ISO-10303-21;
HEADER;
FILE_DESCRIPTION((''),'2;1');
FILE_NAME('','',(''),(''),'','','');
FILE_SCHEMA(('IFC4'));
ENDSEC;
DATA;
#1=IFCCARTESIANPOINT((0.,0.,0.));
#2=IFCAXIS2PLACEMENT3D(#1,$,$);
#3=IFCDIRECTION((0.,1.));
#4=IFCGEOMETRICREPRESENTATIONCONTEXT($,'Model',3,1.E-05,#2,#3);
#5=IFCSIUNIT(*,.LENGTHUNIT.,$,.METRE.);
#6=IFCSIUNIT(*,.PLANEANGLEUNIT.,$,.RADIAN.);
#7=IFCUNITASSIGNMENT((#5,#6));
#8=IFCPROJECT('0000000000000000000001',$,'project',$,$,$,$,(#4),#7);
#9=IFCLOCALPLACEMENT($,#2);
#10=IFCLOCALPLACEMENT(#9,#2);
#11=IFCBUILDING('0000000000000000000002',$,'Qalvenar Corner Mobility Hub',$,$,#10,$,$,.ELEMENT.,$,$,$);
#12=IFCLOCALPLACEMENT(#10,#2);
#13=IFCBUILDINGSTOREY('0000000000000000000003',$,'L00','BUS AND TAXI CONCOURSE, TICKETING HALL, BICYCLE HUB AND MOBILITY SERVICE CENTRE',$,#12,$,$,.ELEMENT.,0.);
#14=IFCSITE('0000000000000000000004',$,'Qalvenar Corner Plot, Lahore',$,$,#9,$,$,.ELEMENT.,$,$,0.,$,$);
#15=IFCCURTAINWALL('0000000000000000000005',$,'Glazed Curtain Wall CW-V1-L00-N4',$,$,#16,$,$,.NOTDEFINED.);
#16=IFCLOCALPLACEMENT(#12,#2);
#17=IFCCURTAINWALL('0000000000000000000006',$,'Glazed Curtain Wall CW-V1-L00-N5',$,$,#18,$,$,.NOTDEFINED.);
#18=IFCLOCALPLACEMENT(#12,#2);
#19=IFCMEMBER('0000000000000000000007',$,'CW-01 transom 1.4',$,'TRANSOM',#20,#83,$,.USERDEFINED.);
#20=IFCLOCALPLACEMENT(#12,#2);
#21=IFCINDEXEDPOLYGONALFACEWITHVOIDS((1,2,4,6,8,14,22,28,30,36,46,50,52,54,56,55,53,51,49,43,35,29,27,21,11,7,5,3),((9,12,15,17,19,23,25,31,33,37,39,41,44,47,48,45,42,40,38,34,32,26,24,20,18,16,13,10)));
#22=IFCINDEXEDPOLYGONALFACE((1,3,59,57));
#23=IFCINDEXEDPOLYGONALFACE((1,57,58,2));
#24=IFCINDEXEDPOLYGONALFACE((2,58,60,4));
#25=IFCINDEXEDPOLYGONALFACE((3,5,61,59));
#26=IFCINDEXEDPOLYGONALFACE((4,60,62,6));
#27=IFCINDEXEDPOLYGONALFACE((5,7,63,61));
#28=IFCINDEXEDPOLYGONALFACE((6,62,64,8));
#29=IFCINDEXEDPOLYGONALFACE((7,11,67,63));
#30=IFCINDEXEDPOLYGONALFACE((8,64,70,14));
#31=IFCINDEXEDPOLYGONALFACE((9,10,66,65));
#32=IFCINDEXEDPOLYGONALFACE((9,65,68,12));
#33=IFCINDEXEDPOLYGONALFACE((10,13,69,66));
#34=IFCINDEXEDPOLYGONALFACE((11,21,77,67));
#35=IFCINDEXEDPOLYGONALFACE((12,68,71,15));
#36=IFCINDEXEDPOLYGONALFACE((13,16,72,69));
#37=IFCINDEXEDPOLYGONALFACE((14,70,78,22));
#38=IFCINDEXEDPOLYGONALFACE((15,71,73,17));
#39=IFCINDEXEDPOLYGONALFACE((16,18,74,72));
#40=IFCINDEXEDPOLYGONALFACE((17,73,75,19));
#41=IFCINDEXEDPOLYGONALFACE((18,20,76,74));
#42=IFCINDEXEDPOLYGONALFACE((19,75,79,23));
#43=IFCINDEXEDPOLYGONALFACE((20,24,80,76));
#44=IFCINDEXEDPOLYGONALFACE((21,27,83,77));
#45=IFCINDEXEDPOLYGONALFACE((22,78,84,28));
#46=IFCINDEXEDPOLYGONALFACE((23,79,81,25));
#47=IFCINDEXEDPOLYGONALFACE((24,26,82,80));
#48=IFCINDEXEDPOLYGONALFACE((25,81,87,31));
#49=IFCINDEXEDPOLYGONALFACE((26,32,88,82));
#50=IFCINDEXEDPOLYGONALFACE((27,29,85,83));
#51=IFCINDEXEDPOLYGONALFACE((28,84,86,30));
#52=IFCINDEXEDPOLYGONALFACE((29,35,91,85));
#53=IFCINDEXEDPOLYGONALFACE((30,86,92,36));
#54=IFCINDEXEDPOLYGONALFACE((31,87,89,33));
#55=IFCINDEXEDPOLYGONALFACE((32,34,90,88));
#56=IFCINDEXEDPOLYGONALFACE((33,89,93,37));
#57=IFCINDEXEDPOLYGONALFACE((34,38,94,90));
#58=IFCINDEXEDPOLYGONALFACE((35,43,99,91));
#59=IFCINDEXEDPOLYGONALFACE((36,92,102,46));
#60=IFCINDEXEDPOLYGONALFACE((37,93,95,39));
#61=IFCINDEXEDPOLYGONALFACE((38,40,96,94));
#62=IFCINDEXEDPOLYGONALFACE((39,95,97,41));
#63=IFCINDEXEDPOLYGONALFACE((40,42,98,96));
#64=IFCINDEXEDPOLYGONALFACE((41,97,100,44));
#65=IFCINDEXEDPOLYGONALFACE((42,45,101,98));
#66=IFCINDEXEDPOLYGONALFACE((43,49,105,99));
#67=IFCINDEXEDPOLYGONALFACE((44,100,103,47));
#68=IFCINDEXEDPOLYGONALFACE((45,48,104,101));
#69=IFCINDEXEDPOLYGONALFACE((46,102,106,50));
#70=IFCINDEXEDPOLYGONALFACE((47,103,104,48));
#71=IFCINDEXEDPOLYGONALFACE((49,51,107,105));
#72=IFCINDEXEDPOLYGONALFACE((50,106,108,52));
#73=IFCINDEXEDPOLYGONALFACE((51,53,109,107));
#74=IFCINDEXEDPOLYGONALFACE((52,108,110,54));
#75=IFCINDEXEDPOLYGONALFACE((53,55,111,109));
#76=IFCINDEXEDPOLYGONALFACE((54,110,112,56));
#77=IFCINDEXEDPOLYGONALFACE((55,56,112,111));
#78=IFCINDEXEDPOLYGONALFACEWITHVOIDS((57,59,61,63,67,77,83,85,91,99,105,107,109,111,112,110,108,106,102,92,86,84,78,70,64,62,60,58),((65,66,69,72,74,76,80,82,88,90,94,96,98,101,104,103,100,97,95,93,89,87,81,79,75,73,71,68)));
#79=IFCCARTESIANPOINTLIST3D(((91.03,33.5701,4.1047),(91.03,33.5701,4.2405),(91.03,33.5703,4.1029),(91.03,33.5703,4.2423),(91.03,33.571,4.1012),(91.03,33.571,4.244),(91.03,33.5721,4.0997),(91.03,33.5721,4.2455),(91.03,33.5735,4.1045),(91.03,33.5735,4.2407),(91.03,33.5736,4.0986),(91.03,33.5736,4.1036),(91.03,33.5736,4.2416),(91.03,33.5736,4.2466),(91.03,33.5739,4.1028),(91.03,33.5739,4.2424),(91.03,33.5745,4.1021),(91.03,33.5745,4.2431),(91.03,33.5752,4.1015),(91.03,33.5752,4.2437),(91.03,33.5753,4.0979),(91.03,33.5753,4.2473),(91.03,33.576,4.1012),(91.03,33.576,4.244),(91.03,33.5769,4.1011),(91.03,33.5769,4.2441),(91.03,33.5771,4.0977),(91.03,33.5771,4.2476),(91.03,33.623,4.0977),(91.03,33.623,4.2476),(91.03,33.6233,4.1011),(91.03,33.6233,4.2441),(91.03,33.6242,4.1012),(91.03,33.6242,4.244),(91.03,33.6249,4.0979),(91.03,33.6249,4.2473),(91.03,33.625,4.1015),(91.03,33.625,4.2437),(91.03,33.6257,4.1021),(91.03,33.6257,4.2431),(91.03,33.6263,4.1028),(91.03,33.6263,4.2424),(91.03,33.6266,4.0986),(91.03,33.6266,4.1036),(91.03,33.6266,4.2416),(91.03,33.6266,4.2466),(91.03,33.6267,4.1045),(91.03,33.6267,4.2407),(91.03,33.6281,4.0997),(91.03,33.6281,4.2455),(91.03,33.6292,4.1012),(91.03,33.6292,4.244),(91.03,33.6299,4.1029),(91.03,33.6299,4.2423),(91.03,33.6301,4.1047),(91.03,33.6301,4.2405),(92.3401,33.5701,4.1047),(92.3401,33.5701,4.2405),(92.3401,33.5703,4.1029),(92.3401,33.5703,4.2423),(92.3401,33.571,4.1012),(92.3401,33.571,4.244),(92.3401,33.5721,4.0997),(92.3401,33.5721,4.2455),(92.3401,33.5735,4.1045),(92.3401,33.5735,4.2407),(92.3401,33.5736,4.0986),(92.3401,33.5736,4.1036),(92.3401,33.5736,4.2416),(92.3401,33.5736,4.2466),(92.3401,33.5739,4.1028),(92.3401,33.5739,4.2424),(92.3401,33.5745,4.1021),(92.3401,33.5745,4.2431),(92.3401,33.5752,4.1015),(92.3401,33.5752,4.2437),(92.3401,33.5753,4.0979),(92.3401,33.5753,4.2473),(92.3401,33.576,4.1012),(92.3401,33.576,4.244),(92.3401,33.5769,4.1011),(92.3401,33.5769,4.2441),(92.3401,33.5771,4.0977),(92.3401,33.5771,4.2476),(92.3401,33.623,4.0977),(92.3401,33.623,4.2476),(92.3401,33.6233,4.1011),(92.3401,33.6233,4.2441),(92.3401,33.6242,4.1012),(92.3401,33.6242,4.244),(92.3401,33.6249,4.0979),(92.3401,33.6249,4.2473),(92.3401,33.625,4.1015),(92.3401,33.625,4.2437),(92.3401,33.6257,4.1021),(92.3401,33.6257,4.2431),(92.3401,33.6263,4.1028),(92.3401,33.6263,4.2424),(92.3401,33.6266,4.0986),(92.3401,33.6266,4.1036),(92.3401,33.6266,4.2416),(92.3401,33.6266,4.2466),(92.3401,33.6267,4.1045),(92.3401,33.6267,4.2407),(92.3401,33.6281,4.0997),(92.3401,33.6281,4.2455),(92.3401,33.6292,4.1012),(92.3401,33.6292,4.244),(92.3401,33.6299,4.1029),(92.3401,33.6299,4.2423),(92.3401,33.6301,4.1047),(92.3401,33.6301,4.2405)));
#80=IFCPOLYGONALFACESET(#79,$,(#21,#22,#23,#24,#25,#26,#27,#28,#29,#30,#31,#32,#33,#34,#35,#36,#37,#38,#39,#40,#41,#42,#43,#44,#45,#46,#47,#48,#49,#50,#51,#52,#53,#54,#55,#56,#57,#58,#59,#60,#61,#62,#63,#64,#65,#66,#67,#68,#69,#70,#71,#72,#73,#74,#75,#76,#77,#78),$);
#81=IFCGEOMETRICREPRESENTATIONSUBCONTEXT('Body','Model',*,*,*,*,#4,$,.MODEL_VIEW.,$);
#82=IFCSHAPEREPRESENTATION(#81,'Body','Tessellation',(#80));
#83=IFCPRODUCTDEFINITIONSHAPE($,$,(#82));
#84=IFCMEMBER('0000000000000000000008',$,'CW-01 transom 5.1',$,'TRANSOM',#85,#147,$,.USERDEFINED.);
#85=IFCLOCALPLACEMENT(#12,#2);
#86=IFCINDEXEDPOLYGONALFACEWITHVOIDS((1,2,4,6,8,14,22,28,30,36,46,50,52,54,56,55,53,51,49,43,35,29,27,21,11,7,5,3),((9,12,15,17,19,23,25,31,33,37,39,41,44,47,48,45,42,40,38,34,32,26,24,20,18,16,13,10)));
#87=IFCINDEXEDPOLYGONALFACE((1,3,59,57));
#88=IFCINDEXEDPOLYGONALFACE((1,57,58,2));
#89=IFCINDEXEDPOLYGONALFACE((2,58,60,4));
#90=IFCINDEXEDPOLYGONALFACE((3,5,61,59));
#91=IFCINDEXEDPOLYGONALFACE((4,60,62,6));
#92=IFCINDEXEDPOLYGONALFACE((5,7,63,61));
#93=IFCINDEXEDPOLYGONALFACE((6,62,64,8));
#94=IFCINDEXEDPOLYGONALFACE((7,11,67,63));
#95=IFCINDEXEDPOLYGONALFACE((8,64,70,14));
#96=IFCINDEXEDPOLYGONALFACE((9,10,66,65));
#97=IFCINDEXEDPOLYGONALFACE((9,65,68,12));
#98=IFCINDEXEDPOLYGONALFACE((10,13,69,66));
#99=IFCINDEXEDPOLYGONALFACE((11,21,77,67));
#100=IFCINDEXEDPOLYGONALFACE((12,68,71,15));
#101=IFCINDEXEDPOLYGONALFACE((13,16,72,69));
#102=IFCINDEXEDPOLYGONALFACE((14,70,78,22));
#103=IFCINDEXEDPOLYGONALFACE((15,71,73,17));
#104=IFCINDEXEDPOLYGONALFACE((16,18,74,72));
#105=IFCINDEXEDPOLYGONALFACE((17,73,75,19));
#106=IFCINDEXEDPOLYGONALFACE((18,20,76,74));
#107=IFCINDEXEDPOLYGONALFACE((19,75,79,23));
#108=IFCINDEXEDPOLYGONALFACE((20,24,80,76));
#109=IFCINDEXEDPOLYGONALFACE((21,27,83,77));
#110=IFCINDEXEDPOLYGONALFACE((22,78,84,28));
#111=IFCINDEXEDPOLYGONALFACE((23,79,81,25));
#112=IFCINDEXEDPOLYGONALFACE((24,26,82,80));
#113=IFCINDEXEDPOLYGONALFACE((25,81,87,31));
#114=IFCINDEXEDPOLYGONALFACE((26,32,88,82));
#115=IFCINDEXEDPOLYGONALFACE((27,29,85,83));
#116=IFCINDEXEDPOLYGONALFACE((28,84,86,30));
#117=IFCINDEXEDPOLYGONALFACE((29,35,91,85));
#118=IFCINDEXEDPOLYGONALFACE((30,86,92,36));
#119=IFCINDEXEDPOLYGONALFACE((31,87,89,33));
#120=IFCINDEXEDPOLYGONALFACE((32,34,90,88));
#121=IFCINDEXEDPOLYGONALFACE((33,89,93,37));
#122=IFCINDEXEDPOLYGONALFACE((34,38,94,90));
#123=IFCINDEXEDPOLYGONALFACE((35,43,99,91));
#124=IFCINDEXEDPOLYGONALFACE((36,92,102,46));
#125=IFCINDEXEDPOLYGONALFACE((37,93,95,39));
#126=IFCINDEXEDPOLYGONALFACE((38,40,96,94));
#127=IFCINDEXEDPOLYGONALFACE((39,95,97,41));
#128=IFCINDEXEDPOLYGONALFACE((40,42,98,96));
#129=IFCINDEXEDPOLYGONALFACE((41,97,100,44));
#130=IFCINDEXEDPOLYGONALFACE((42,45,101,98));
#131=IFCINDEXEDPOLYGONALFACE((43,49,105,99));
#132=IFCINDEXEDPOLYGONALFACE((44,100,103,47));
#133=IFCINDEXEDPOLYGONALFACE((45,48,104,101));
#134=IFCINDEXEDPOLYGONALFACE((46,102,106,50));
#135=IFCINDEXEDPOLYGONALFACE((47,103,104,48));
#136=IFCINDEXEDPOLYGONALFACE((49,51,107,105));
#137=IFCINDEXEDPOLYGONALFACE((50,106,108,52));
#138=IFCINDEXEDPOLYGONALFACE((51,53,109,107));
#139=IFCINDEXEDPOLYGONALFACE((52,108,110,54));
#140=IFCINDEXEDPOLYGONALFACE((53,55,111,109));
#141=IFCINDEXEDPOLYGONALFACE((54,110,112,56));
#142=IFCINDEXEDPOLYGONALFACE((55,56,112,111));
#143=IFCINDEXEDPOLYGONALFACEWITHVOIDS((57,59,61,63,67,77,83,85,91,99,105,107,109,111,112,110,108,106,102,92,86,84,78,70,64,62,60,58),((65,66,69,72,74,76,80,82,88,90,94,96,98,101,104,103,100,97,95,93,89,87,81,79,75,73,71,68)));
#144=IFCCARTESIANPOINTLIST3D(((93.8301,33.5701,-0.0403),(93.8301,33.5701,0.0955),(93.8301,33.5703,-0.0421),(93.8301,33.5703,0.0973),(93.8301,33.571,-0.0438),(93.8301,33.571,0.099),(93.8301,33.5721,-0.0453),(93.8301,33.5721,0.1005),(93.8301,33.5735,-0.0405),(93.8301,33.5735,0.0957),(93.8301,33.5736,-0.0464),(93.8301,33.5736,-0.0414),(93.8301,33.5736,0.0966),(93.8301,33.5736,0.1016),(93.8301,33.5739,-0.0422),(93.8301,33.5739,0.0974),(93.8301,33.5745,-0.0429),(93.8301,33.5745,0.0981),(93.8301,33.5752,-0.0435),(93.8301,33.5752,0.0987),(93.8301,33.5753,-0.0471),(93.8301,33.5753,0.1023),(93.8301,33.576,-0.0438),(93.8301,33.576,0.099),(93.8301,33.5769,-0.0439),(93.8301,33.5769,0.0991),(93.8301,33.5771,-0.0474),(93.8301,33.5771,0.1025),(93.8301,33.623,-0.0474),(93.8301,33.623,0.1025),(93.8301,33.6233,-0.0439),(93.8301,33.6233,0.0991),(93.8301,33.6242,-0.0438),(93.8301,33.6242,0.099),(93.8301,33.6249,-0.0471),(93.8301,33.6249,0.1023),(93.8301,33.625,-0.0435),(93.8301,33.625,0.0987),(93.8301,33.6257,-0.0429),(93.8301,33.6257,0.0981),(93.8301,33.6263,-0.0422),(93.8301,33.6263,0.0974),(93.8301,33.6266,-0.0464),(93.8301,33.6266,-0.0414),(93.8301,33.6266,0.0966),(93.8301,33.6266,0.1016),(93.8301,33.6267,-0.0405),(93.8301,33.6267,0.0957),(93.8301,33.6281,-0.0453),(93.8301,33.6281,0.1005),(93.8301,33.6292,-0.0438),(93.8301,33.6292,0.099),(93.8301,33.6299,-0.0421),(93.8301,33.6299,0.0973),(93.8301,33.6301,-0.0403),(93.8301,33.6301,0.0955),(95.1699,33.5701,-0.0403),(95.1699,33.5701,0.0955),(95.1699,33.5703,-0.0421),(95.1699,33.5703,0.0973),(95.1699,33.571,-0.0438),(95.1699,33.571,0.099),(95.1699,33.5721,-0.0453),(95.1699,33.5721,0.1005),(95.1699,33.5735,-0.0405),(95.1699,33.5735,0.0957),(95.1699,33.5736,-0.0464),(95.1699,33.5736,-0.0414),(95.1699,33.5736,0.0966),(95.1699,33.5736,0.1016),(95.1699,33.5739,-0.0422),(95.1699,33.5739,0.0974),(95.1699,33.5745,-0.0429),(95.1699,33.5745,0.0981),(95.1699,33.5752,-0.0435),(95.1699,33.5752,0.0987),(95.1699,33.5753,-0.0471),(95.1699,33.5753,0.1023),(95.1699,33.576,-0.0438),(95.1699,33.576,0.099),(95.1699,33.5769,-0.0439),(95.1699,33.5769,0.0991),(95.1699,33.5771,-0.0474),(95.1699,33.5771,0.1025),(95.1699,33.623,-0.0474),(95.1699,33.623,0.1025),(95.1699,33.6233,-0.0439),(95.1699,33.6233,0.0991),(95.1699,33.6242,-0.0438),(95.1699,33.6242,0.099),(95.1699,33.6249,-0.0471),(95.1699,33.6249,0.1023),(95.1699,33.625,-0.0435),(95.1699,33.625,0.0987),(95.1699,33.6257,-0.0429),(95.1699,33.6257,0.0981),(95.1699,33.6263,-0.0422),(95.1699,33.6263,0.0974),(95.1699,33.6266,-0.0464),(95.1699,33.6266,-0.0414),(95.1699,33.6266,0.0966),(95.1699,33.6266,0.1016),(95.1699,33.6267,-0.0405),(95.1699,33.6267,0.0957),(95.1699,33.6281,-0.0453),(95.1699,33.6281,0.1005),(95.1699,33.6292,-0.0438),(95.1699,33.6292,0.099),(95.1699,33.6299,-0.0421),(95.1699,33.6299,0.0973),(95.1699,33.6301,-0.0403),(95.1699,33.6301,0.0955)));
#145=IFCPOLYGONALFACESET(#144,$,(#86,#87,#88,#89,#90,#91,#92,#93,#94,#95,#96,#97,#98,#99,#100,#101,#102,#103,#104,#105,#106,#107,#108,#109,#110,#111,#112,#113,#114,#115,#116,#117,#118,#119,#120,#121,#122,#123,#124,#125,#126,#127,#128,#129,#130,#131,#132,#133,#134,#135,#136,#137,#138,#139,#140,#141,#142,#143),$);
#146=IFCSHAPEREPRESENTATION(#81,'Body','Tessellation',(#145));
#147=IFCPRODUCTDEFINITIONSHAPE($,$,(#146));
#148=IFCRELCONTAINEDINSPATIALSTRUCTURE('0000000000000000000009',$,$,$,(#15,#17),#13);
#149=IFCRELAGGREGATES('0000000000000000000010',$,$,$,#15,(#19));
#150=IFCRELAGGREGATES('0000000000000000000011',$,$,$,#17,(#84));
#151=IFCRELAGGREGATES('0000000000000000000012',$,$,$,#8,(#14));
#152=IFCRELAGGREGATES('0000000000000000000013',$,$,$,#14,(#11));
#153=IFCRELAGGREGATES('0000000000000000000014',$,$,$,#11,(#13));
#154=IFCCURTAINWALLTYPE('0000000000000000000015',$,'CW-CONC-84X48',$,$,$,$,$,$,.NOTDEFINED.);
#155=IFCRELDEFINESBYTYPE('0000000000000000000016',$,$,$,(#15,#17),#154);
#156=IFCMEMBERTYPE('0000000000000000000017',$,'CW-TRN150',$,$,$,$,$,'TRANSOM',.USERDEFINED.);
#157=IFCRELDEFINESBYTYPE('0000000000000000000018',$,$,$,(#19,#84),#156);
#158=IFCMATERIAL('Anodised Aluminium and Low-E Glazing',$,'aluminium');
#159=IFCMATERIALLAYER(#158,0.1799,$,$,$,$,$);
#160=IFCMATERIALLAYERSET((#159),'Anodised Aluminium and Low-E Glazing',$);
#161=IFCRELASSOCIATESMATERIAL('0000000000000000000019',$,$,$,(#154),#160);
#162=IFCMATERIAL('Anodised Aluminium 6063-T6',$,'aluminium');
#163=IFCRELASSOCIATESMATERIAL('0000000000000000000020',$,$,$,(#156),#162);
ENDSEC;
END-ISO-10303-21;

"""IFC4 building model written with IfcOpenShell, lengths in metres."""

from ifc_helpers import new_model, si_unit, direction, frame, origin, origin_2d, place, context, subcontext, project, spatial, hollow_rectangle, extrude, material, layer, layer_set, material_profile, profile_set, type_object, element, aggregate, save


model = new_model("IFC4")

# Units and contexts
model_context = context("Model", 3, precision=1e-05, world=origin(), true_north=direction((0.0, 1.0)))
body_context = subcontext(model_context, "Body", "Model", "MODEL_VIEW")
ifc_project = project(units=[si_unit("LENGTHUNIT", "METRE"), si_unit("PLANEANGLEUNIT", "RADIAN")], contexts=[model_context])

# Site, building, storey
site_placement = place(None, origin())
site = spatial("IfcSite", under=ifc_project, at=site_placement, Name="Qalvenar Corner Plot, Lahore", CompositionType="ELEMENT", RefElevation=0.0)
building_placement = place(site_placement, origin())
building = spatial("IfcBuilding", under=site, at=building_placement, Name="Qalvenar Corner Mobility Hub", CompositionType="ELEMENT")
storey_placement = place(building_placement, origin())
storey = spatial("IfcBuildingStorey", under=building, at=storey_placement, Name="L00", Description="BUS AND TAXI CONCOURSE, TICKETING HALL, BICYCLE HUB AND MOBILITY SERVICE CENTRE", CompositionType="ELEMENT", Elevation=0.0)

# Curtain walls
ifc_material_1 = material(Name="Anodised Aluminium and Low-E Glazing", Category="aluminium")
ifc_layer_1 = layer(ifc_material_1, 0.1799)
ifc_layer_set_1 = layer_set([ifc_layer_1], Name="Anodised Aluminium and Low-E Glazing")
curtain_wall_type = type_object("IfcCurtainWallType", Name="CW-CONC-84X48", PredefinedType="NOTDEFINED", material=ifc_layer_set_1)
curtain_wall_1_placement = place(storey_placement, origin())
curtain_wall_1 = element("IfcCurtainWall", 1, at=curtain_wall_1_placement, inside=storey, type_object=curtain_wall_type, Name="Glazed Curtain Wall CW-V1-L00-N4", PredefinedType="NOTDEFINED")
ifc_material_2 = material(Name="Anodised Aluminium 6063-T6", Category="aluminium")
curtain_wall_2_placement = place(storey_placement, origin())
curtain_wall_2 = element("IfcCurtainWall", 2, at=curtain_wall_2_placement, inside=storey, type_object=curtain_wall_type, Name="Glazed Curtain Wall CW-V1-L00-N5", PredefinedType="NOTDEFINED")

# Members
ifc_material_profile_1 = material_profile(ifc_material_2, hollow_rectangle(XDim=0.0601, YDim=0.1499, WallThickness=0.0034, InnerFilletRadius=0.0034, OuterFilletRadius=0.0071, at=origin_2d()), Name="RHS150x60x3.5")
ifc_profile_set_1 = profile_set([ifc_material_profile_1], Name="Anodised Aluminium 6063-T6")
member_type_1 = type_object("IfcMemberType", Name="CW-TRN150", ElementType="TRANSOM", PredefinedType="USERDEFINED", material=ifc_profile_set_1)
member_1_placement = place(storey_placement, frame((92.3401, 33.6001, 4.1726), z_axis=(-1.0, 0.0, 0.0), x_axis=(0.0, -1.0, 0.0)))
member_1 = element("IfcMember", 3, at=member_1_placement, type_object=member_type_1, Name="CW-01 transom 1.4", ObjectType="TRANSOM", PredefinedType="USERDEFINED", context=body_context, shape_type="SweptSolid", body=[
    extrude(hollow_rectangle(XDim=0.0601, YDim=0.1499, WallThickness=0.0034, InnerFilletRadius=0.0034, OuterFilletRadius=0.0071, at=origin_2d()), origin(), (0.0, 0.0, 1.0), 1.3101),
])
member_2_placement = place(storey_placement, frame((95.1699, 33.6001, 0.0276), z_axis=(-1.0, 0.0, 0.0), x_axis=(0.0, -1.0, 0.0)))
member_2 = element("IfcMember", 4, at=member_2_placement, type_object=member_type_1, Name="CW-01 transom 5.1", ObjectType="TRANSOM", PredefinedType="USERDEFINED", context=body_context, shape_type="SweptSolid", body=[
    extrude(hollow_rectangle(XDim=0.0601, YDim=0.1499, WallThickness=0.0034, InnerFilletRadius=0.0034, OuterFilletRadius=0.0071, at=origin_2d()), origin(), (0.0, 0.0, 1.0), 1.3398),
])

aggregate(curtain_wall_1, [member_1])
aggregate(curtain_wall_2, [member_2])

save(model, "model.ifc")
